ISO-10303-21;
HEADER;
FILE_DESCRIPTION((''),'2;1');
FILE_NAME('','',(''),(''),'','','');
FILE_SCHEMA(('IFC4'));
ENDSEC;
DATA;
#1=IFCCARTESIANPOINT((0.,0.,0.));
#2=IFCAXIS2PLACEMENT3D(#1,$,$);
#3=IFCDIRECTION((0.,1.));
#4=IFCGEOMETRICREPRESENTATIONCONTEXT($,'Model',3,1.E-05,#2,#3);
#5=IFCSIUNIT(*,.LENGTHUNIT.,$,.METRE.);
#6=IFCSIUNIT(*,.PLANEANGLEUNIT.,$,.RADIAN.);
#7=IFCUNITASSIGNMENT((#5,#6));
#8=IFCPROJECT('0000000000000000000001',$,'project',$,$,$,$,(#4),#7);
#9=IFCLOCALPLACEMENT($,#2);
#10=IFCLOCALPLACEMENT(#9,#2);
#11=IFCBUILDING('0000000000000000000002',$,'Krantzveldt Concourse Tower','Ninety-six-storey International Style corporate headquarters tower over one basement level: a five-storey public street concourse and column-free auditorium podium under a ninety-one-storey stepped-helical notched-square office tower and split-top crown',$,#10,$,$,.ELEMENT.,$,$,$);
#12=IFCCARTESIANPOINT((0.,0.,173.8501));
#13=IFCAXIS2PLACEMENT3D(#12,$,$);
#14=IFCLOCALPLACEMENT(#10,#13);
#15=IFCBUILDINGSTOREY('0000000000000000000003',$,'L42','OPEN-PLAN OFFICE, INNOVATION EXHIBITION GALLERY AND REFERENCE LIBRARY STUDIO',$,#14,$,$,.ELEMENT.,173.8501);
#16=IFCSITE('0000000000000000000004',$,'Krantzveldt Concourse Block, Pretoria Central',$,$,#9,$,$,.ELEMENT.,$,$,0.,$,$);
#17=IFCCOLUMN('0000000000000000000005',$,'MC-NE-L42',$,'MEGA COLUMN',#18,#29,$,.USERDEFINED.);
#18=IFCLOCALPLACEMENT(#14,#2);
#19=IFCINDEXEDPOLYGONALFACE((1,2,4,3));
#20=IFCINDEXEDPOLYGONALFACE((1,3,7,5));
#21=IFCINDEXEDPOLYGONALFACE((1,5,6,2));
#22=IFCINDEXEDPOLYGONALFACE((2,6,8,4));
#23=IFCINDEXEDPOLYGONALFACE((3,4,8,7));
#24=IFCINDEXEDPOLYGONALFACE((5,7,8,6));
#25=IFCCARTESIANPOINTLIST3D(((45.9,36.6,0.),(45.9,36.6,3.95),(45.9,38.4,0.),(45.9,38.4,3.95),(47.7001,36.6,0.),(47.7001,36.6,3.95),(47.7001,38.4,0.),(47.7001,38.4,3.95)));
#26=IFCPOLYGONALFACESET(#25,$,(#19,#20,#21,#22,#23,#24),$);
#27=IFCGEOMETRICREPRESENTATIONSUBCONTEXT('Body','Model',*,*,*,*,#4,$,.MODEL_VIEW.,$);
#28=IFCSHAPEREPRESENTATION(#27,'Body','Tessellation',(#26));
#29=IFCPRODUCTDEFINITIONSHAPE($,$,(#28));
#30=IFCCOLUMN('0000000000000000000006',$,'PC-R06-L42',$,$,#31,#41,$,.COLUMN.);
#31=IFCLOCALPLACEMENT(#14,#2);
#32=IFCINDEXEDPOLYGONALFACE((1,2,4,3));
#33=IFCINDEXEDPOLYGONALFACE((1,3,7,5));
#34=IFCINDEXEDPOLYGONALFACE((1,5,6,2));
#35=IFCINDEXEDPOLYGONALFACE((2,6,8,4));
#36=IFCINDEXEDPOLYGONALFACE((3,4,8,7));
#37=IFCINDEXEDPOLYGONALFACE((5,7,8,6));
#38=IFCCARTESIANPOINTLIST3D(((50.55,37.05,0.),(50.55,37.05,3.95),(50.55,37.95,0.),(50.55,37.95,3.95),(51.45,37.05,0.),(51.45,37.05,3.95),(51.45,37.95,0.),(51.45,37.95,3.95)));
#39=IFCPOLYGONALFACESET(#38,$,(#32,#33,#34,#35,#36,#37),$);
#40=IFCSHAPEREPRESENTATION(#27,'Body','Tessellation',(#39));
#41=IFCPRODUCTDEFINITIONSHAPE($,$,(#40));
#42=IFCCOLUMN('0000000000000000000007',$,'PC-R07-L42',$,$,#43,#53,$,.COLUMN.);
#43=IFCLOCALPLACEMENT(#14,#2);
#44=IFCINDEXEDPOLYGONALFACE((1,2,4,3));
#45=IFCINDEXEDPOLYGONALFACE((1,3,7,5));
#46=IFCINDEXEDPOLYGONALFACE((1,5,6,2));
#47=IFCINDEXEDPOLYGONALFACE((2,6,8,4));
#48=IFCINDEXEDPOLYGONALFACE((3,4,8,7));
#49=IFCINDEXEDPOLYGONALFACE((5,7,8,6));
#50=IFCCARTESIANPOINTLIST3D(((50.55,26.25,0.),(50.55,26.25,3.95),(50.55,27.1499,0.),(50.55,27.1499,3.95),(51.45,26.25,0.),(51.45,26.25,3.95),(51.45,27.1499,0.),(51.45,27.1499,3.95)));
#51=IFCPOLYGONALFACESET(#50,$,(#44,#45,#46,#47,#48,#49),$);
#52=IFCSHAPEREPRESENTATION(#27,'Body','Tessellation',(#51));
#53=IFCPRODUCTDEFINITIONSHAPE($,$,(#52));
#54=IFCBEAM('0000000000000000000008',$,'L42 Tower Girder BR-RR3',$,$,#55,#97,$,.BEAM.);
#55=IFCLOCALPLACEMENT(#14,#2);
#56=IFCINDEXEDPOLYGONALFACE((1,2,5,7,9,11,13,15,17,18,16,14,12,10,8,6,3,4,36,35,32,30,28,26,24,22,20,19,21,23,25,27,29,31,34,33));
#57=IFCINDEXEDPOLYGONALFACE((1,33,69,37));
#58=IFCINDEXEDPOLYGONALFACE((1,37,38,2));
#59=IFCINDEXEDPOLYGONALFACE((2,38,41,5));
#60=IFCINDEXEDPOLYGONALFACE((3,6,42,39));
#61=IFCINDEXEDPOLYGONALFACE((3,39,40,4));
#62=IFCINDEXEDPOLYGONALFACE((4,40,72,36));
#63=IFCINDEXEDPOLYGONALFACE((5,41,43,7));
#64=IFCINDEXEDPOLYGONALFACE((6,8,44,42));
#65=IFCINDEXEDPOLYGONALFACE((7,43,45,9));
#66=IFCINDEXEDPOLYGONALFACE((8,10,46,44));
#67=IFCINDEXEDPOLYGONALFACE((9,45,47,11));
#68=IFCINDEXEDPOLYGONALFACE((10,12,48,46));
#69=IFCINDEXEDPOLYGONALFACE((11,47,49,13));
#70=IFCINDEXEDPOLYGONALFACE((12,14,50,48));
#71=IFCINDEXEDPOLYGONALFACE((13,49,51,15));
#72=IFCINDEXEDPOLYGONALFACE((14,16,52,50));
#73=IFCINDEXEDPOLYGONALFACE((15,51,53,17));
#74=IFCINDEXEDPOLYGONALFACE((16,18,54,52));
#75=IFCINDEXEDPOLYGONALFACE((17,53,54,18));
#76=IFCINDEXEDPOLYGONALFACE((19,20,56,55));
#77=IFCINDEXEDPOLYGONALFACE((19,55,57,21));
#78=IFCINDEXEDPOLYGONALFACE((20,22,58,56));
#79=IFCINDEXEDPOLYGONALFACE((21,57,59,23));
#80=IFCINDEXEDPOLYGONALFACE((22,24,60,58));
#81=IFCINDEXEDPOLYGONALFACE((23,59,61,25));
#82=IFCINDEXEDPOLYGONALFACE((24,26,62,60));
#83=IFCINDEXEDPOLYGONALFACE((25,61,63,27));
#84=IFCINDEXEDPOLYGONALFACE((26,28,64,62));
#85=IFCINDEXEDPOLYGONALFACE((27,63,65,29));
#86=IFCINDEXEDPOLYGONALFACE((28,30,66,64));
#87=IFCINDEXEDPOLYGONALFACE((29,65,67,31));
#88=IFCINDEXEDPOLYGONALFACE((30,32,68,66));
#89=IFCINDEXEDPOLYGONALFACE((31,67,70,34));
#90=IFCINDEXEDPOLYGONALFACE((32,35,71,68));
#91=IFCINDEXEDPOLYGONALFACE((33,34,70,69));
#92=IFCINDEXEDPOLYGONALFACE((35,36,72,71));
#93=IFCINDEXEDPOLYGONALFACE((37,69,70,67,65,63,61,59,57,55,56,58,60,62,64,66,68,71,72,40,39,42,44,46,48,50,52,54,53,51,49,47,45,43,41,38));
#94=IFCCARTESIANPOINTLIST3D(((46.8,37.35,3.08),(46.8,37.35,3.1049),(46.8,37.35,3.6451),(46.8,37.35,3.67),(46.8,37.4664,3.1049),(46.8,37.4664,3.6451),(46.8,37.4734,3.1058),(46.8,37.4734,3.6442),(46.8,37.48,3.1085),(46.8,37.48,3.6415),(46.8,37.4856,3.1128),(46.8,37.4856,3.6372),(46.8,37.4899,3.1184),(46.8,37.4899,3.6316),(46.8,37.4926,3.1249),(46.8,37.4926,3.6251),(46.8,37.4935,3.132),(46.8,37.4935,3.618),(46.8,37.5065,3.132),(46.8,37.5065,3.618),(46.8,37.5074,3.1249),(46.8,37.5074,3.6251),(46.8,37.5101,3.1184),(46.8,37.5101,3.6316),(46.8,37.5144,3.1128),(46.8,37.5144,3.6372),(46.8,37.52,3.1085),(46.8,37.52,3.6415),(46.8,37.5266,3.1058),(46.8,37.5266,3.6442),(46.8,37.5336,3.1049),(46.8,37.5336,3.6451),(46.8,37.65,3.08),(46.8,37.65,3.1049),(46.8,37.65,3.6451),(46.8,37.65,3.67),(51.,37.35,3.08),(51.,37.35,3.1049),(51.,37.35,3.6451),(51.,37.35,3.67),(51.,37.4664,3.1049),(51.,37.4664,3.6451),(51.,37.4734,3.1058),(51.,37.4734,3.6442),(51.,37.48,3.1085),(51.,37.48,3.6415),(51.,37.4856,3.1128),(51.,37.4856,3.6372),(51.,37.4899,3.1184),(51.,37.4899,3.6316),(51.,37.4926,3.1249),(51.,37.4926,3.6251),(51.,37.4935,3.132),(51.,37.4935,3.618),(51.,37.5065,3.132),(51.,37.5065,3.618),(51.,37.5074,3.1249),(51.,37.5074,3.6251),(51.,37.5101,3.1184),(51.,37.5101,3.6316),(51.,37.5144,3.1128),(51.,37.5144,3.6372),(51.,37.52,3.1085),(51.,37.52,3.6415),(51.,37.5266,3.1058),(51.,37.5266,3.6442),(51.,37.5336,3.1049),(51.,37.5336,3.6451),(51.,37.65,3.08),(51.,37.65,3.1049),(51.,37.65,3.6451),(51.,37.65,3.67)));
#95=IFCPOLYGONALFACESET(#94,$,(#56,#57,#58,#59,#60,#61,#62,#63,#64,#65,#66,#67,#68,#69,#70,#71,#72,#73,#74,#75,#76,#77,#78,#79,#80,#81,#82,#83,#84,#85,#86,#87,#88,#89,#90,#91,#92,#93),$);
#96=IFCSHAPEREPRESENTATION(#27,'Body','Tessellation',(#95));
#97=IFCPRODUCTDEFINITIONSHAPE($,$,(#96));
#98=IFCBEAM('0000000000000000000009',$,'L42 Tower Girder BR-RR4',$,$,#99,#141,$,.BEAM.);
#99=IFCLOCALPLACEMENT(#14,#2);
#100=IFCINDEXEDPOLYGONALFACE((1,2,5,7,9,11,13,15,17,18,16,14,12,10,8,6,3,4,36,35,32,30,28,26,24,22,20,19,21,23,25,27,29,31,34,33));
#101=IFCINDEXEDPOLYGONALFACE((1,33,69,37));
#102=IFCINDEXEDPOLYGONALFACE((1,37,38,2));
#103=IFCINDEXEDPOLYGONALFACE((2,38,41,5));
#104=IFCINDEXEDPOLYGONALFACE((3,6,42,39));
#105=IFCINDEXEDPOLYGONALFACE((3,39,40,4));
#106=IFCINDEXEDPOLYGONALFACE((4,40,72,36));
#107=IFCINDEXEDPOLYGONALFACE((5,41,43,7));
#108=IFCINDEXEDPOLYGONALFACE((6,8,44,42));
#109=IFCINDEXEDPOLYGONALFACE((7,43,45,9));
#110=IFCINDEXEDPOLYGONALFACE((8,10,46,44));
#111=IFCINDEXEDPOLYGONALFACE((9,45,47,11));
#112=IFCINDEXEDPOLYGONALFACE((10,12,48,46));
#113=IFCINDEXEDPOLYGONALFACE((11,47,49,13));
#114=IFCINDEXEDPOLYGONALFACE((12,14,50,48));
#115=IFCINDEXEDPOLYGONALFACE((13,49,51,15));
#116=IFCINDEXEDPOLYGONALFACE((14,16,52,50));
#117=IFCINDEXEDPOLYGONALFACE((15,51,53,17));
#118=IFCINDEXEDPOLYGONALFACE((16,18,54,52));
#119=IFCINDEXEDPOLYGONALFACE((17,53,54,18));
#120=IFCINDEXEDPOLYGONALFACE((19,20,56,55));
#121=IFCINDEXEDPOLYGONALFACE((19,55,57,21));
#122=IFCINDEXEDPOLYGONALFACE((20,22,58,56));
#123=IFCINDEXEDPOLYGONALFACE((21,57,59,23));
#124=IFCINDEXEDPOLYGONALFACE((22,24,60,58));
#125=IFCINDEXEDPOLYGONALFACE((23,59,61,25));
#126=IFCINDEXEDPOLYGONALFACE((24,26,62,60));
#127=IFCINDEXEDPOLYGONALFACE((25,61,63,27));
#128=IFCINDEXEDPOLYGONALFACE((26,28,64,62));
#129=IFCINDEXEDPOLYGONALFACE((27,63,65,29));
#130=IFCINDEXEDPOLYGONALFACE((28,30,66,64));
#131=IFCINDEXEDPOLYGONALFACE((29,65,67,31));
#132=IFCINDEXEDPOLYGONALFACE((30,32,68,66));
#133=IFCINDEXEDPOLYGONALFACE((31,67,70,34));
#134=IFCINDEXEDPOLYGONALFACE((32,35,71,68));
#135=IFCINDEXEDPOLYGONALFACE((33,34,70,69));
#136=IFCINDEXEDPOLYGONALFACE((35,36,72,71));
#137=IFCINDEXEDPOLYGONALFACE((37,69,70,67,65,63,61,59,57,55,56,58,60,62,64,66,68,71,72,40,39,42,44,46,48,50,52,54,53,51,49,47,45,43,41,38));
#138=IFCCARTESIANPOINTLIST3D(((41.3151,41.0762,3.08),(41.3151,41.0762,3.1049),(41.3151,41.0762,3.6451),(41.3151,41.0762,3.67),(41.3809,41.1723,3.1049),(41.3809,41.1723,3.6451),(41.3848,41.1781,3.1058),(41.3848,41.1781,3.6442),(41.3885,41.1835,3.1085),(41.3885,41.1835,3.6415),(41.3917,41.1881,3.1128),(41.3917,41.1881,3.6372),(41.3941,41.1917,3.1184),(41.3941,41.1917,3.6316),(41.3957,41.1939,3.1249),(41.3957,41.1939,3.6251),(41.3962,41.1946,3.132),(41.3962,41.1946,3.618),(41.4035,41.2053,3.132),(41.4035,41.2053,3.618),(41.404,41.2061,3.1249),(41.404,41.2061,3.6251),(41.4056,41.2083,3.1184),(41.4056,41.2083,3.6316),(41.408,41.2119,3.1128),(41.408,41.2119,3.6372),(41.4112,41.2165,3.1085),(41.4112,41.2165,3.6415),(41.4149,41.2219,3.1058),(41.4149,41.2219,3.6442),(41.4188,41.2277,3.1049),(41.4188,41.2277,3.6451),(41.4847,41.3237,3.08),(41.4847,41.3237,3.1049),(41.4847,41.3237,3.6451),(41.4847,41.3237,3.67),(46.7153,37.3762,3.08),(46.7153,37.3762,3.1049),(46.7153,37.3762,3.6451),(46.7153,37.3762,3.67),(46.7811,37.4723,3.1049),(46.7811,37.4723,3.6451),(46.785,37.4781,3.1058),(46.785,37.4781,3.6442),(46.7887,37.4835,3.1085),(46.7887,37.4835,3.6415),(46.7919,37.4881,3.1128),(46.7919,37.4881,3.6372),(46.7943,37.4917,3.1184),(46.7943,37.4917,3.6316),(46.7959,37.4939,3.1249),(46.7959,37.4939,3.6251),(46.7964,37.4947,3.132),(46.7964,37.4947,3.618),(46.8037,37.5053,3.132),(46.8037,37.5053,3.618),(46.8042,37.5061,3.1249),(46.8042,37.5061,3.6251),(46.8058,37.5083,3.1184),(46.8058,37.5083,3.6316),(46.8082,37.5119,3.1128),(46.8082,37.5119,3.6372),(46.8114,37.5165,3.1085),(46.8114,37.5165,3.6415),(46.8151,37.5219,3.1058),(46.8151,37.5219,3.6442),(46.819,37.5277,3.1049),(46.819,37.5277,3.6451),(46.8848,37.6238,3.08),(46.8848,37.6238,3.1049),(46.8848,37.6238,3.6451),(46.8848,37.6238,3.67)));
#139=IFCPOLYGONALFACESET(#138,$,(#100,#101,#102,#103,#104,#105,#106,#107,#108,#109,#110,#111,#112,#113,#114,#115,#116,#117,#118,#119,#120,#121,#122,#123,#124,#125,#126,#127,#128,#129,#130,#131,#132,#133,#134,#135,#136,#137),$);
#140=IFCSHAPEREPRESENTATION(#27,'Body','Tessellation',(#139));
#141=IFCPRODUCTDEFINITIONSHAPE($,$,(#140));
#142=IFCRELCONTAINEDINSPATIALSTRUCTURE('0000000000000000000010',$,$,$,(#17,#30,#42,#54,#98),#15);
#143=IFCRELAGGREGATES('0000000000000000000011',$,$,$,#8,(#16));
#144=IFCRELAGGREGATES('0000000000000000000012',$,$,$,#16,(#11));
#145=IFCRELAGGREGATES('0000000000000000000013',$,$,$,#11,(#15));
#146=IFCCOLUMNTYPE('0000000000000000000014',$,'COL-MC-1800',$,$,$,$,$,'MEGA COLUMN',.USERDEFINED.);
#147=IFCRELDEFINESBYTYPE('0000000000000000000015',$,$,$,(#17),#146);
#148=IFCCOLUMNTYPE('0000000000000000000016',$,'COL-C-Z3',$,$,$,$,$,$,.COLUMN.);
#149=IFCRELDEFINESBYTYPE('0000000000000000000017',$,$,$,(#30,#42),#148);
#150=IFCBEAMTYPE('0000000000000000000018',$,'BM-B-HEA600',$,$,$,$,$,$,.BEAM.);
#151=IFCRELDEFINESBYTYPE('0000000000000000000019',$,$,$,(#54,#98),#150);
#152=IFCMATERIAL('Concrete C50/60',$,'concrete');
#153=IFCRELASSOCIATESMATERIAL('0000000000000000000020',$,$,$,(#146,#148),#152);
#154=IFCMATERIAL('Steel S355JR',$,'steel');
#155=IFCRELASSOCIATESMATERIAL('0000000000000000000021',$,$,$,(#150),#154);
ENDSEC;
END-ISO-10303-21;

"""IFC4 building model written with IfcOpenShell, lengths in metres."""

from ifc_helpers import new_model, si_unit, direction, frame, origin, origin_2d, place, context, subcontext, project, spatial, rectangle, i_section, extrude, source, transform, mapped, material, material_profile, profile_set, type_object, type_shapes, element, save


model = new_model("IFC4")

# Units and contexts
model_context = context("Model", 3, precision=1e-05, world=origin(), true_north=direction((0.0, 1.0)))
body_context = subcontext(model_context, "Body", "Model", "MODEL_VIEW")
ifc_project = project(units=[si_unit("LENGTHUNIT", "METRE"), si_unit("PLANEANGLEUNIT", "RADIAN")], contexts=[model_context])

# Site, building, storey
site_placement = place(None, origin())
site = spatial("IfcSite", under=ifc_project, at=site_placement, Name="Krantzveldt Concourse Block, Pretoria Central", CompositionType="ELEMENT", RefElevation=0.0)
building_placement = place(site_placement, origin())
building = spatial("IfcBuilding", under=site, at=building_placement, Name="Krantzveldt Concourse Tower", Description="Ninety-six-storey International Style corporate headquarters tower over one basement level: a five-storey public street concourse and column-free auditorium podium under a ninety-one-storey stepped-helical notched-square office tower and split-top crown", CompositionType="ELEMENT")
storey_placement = place(building_placement, frame((0.0, 0.0, 173.8501)))
storey = spatial("IfcBuildingStorey", under=building, at=storey_placement, Name="L42", Description="OPEN-PLAN OFFICE, INNOVATION EXHIBITION GALLERY AND REFERENCE LIBRARY STUDIO", CompositionType="ELEMENT", Elevation=173.8501)

# Columns
ifc_material_1 = material(Name="Concrete C50/60", Category="concrete")
ifc_material_profile_1 = material_profile(ifc_material_1, rectangle(XDim=1.8, YDim=1.8, at=origin_2d()), Name="Concrete C50/60", Category="concrete")
ifc_profile_set_1 = profile_set([ifc_material_profile_1], Name="Concrete C50/60 - RC 1800x1800")
column_type_1 = type_object("IfcColumnType", Name="COL-MC-1800", ElementType="MEGA COLUMN", PredefinedType="USERDEFINED", material=ifc_profile_set_1)
shared_shape_1 = source(origin(), body_context, "Body", "SweptSolid", [
    extrude(rectangle(XDim=1.8, YDim=1.8, at=origin_2d()), origin(), (0.0, 0.0, 1.0), 3.95),
])
type_shapes(column_type_1, [shared_shape_1])
column_placement = place(storey_placement, frame((46.8, 37.5, 0.0), z_axis=(0.0, 0.0, 1.0), x_axis=(1.0, 0.0, 0.0)))
element("IfcColumn", 1, at=column_placement, inside=storey, type_object=column_type_1, Name="MC-NE-L42", ObjectType="MEGA COLUMN", PredefinedType="USERDEFINED", context=body_context, shape_type="MappedRepresentation", body=[
    mapped(shared_shape_1, transform((0.0, 0.0, 0.0), x_axis=(1.0, 0.0, 0.0), y_axis=(0.0, 1.0, 0.0), z_axis=(0.0, 0.0, 1.0), scale=1.0)),
])
ifc_material_profile_2 = material_profile(ifc_material_1, rectangle(XDim=0.8999, YDim=0.8999, at=origin_2d()), Name="Concrete C50/60", Category="concrete")
ifc_profile_set_2 = profile_set([ifc_material_profile_2], Name="Concrete C50/60 - RC 900x900")
column_type_2 = type_object("IfcColumnType", Name="COL-C-Z3", PredefinedType="COLUMN", material=ifc_profile_set_2)
shared_shape_2 = source(origin(), body_context, "Body", "SweptSolid", [
    extrude(rectangle(XDim=0.8999, YDim=0.8999, at=origin_2d()), origin(), (0.0, 0.0, 1.0), 3.95),
])
type_shapes(column_type_2, [shared_shape_2])
for number, where, z_axis, x_axis, name in (
    (2, (51.0, 37.5, 0.0), (0.0, 0.0, 1.0), (1.0, 0.0, 0.0), "PC-R06-L42"),
    (3, (51.0, 26.7, 0.0), (0.0, 0.0, 1.0), (1.0, 0.0, 0.0), "PC-R07-L42"),
):
    element("IfcColumn", number, at=place(storey_placement, frame(where, z_axis=z_axis, x_axis=x_axis)), inside=storey, type_object=column_type_2, Name=name, PredefinedType="COLUMN", context=body_context, shape_type="MappedRepresentation", body=[
        mapped(shared_shape_2, transform((0.0, 0.0, 0.0), x_axis=(1.0, 0.0, 0.0), y_axis=(0.0, 1.0, 0.0), z_axis=(0.0, 0.0, 1.0), scale=1.0)),
    ])

# Beams
ifc_material_2 = material(Name="Steel S355JR", Category="steel")
ifc_material_profile_3 = material_profile(ifc_material_2, i_section(OverallWidth=0.3, OverallDepth=0.5901, WebThickness=0.0129, FlangeThickness=0.0249, FilletRadius=0.0271, at=origin_2d()), Name="Steel S355JR", Category="steel")
ifc_profile_set_3 = profile_set([ifc_material_profile_3], Name="Steel S355JR - HEA 600")
beam_type_1 = type_object("IfcBeamType", Name="BM-B-HEA600", PredefinedType="BEAM", material=ifc_profile_set_3)
shared_shape_3 = source(origin(), body_context, "Body", "SweptSolid", [
    extrude(i_section(OverallWidth=0.3, OverallDepth=0.5901, WebThickness=0.0129, FlangeThickness=0.0249, FilletRadius=0.0271, at=origin_2d()), origin(), (0.0, 0.0, 1.0), 4.2),
])
beam_1_placement = place(storey_placement, frame((46.8, 37.5, 3.375), z_axis=(1.0, 0.0, 0.0), x_axis=(0.0, 1.0, 0.0)))
element("IfcBeam", 4, at=beam_1_placement, inside=storey, type_object=beam_type_1, Name="L42 Tower Girder BR-RR3", PredefinedType="BEAM", context=body_context, shape_type="MappedRepresentation", body=[
    mapped(shared_shape_3, transform((0.0, 0.0, 0.0), x_axis=(1.0, 0.0, 0.0), y_axis=(0.0, 1.0, 0.0), z_axis=(0.0, 0.0, 1.0), scale=1.0)),
])
shared_shape_4 = source(origin(), body_context, "Body", "SweptSolid", [
    extrude(i_section(OverallWidth=0.3, OverallDepth=0.5901, WebThickness=0.0129, FlangeThickness=0.0249, FilletRadius=0.0271, at=origin_2d()), origin(), (0.0, 0.0, 1.0), 6.5461),
])
type_shapes(beam_type_1, [shared_shape_3, shared_shape_4])
beam_2_placement = place(storey_placement, frame((46.8, 37.5, 3.375), z_axis=(-0.824943, 0.565216, 0.0), x_axis=(-0.565216, -0.824943, 0.0)))
element("IfcBeam", 5, at=beam_2_placement, inside=storey, type_object=beam_type_1, Name="L42 Tower Girder BR-RR4", PredefinedType="BEAM", context=body_context, shape_type="MappedRepresentation", body=[
    mapped(shared_shape_4, transform((0.0, 0.0, 0.0), x_axis=(1.0, 0.0, 0.0), y_axis=(0.0, 1.0, 0.0), z_axis=(0.0, 0.0, 1.0), scale=1.0)),
])

save(model, "model.ifc")
